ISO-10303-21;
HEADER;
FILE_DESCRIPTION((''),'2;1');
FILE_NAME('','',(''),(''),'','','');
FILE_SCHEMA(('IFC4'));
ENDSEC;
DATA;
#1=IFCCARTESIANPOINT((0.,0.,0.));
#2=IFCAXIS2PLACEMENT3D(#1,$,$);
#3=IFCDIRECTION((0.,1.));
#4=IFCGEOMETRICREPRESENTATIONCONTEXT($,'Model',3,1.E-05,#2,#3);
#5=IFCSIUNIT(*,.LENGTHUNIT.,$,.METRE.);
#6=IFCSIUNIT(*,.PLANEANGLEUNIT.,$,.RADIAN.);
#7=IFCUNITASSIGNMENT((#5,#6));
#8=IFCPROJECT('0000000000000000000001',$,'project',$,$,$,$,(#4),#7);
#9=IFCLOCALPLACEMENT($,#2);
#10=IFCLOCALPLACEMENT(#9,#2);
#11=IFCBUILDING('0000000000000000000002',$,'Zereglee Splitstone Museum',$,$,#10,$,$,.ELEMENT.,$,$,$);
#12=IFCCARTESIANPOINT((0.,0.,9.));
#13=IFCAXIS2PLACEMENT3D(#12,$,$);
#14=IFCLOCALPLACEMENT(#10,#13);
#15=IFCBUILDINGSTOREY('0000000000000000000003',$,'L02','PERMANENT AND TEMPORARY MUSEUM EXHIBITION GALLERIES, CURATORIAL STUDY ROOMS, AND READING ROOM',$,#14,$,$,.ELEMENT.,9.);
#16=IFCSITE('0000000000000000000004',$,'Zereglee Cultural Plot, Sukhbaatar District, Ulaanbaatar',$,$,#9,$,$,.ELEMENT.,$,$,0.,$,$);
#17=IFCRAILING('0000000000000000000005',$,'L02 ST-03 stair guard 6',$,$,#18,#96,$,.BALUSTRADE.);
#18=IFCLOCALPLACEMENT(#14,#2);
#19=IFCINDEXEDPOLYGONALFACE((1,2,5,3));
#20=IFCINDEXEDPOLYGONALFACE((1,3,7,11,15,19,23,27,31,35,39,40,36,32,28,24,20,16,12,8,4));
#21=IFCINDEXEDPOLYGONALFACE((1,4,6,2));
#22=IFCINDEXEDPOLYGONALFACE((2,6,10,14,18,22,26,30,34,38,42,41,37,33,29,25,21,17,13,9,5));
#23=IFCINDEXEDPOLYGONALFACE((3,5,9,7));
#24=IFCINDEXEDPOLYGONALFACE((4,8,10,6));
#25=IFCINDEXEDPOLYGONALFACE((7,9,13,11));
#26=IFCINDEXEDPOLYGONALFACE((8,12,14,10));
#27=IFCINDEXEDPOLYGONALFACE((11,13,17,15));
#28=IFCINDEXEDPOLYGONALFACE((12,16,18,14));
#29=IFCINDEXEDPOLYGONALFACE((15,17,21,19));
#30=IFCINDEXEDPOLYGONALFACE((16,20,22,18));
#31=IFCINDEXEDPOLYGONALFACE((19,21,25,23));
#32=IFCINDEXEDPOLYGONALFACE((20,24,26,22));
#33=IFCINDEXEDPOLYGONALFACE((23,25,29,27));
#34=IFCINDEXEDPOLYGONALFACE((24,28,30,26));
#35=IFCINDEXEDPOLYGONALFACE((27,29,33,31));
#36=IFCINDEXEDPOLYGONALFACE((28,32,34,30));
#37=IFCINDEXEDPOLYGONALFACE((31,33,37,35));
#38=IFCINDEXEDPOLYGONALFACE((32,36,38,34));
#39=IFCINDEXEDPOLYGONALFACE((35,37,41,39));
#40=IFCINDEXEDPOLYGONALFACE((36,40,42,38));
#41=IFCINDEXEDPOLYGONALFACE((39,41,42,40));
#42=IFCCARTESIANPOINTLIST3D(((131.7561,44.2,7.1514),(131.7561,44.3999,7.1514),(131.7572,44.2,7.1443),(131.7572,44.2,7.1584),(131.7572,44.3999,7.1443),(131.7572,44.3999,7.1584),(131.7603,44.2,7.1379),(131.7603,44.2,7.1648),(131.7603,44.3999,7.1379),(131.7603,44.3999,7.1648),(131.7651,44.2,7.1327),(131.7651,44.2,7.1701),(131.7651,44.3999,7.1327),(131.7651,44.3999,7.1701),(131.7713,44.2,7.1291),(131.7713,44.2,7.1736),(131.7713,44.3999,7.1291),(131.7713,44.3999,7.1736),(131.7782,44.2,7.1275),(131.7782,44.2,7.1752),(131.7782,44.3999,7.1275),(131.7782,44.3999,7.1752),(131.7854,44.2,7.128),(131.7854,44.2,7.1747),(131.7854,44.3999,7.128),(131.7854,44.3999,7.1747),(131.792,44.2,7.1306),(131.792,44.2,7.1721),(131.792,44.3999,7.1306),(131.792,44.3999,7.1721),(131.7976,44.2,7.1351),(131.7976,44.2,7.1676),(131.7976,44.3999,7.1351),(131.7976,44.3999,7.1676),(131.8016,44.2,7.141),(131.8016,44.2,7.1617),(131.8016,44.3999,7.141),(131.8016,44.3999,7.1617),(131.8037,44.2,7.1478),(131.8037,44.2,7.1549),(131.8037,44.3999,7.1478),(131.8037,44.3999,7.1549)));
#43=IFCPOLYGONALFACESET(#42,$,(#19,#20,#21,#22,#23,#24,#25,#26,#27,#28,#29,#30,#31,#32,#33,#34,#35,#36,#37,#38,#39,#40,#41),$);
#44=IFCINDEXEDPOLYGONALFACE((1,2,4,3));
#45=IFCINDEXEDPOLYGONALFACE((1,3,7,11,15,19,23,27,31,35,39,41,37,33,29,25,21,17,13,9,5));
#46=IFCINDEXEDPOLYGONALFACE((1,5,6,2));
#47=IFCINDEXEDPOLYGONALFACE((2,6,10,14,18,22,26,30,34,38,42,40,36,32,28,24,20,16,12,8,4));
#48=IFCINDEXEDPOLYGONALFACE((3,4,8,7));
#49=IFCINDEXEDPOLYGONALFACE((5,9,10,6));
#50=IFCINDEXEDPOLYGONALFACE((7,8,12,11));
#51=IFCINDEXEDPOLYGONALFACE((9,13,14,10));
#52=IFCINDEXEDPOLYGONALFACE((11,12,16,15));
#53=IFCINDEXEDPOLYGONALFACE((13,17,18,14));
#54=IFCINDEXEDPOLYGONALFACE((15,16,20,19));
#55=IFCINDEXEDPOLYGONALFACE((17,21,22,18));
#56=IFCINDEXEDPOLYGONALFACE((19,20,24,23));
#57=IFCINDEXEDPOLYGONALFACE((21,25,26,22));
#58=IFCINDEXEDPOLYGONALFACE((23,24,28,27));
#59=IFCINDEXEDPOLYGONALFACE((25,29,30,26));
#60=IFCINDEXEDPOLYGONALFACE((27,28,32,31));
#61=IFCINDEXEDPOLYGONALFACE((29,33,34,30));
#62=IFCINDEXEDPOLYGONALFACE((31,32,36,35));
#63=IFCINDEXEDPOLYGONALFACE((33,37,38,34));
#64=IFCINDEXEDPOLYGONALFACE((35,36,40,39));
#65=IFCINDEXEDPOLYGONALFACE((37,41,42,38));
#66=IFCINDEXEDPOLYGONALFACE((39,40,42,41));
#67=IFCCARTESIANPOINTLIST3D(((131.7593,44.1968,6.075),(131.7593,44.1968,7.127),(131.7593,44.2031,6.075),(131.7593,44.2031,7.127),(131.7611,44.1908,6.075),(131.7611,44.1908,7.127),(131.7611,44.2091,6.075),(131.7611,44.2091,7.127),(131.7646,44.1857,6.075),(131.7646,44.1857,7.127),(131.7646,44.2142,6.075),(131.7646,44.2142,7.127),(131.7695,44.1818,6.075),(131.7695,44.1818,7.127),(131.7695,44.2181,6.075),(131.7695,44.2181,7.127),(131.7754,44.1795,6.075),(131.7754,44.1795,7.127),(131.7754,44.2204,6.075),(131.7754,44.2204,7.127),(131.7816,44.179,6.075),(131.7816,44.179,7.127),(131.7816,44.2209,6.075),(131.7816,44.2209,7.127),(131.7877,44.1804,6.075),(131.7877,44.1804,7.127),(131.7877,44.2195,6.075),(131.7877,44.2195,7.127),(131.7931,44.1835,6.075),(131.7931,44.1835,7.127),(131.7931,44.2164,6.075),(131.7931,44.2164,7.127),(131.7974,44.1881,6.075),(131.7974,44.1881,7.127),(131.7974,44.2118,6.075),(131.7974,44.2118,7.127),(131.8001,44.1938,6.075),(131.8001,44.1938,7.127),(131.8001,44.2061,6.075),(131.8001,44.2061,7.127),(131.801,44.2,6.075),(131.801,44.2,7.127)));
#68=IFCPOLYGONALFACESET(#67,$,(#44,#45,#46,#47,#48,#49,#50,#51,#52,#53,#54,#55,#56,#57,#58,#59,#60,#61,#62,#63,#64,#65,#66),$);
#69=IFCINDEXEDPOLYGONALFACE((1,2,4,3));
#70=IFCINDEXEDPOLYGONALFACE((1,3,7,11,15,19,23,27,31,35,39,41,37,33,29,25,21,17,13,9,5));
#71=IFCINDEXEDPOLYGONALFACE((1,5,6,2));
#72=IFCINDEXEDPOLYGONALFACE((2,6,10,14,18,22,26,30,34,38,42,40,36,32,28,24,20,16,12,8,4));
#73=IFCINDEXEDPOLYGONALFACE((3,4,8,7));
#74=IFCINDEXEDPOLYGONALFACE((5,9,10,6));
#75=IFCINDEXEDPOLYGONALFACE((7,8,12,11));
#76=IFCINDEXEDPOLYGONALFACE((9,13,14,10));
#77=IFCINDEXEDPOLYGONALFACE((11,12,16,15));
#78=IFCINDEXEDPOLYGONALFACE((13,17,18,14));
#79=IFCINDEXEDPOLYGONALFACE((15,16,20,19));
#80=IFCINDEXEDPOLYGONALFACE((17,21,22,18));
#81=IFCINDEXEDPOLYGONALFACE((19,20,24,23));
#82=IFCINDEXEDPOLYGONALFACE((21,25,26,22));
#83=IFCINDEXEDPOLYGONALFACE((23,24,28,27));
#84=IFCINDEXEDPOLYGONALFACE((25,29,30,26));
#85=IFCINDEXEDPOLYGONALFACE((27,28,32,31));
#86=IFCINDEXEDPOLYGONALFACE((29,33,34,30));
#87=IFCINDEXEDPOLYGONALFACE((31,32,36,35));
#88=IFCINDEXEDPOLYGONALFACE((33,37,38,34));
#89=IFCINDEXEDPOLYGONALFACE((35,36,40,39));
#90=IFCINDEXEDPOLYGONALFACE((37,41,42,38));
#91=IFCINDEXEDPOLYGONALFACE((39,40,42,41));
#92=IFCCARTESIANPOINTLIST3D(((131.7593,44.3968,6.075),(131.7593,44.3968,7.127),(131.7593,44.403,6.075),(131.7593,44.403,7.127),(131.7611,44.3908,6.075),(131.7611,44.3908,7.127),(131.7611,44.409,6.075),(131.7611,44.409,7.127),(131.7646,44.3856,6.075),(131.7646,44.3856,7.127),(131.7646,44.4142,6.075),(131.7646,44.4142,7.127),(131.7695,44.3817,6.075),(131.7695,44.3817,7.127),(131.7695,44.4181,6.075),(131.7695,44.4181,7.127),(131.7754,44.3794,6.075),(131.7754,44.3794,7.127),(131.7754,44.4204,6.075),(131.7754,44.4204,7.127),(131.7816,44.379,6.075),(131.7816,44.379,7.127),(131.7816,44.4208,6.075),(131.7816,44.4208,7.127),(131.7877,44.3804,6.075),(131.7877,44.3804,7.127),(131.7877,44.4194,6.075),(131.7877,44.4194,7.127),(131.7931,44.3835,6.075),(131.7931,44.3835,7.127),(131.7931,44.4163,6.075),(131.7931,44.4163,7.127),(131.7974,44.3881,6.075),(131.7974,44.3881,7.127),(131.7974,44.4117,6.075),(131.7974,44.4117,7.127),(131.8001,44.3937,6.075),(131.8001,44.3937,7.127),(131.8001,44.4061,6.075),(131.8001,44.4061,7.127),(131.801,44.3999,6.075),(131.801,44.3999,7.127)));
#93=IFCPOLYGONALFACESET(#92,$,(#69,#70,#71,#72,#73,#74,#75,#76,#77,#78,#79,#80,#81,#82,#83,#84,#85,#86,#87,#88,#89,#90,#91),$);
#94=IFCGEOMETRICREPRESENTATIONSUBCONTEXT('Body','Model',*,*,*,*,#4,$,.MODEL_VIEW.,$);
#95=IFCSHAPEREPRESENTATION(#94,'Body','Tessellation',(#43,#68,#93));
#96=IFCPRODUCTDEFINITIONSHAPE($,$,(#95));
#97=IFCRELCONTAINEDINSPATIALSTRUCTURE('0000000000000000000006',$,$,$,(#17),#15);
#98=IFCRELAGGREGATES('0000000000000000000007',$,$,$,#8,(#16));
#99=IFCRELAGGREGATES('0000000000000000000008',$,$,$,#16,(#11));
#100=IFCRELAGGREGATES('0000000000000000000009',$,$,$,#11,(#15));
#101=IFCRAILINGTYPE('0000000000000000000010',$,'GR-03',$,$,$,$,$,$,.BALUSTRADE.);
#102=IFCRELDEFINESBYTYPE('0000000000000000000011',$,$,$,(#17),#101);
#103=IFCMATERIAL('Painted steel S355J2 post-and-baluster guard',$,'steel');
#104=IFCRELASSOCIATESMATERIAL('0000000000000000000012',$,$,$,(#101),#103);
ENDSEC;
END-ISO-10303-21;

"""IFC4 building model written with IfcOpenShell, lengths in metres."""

from ifc_helpers import new_model, si_unit, direction, frame, origin, origin_2d, place, context, subcontext, project, spatial, circle, extrude, material, type_object, element, save


model = new_model("IFC4")

# Units and contexts
model_context = context("Model", 3, precision=1e-05, world=origin(), true_north=direction((0.0, 1.0)))
body_context = subcontext(model_context, "Body", "Model", "MODEL_VIEW")
ifc_project = project(units=[si_unit("LENGTHUNIT", "METRE"), si_unit("PLANEANGLEUNIT", "RADIAN")], contexts=[model_context])

# Site, building, storey
site_placement = place(None, origin())
site = spatial("IfcSite", under=ifc_project, at=site_placement, Name="Zereglee Cultural Plot, Sukhbaatar District, Ulaanbaatar", CompositionType="ELEMENT", RefElevation=0.0)
building_placement = place(site_placement, origin())
building = spatial("IfcBuilding", under=site, at=building_placement, Name="Zereglee Splitstone Museum", CompositionType="ELEMENT")
storey_placement = place(building_placement, frame((0.0, 0.0, 9.0)))
storey = spatial("IfcBuildingStorey", under=building, at=storey_placement, Name="L02", Description="PERMANENT AND TEMPORARY MUSEUM EXHIBITION GALLERIES, CURATORIAL STUDY ROOMS, AND READING ROOM", CompositionType="ELEMENT", Elevation=9.0)

# Railing
ifc_material_1 = material(Name="Painted steel S355J2 post-and-baluster guard", Category="steel")
railing_type_1 = type_object("IfcRailingType", Name="GR-03", PredefinedType="BALUSTRADE", material=ifc_material_1)
railing_1_placement = place(storey_placement, frame((131.78, 44.2, 6.075)))
element("IfcRailing", 1, at=railing_1_placement, inside=storey, type_object=railing_type_1, Name="L02 ST-03 stair guard 6", PredefinedType="BALUSTRADE", context=body_context, shape_type="SweptSolid", body=[
    extrude(circle(Radius=0.0239, at=origin_2d()), frame((0.0, 0.0, 1.0764), z_axis=(0.0, 1.0, 0.0), x_axis=(-1.0, 0.0, 0.0)), (0.0, 0.0, 1.0), 0.2),
    extrude(circle(Radius=0.021, at=origin_2d()), origin(), (0.0, 0.0, 1.0), 1.052),
    extrude(circle(Radius=0.021, at=origin_2d()), frame((0.0, 0.2, 0.0)), (0.0, 0.0, 1.0), 1.052),
])

save(model, "model.ifc")
